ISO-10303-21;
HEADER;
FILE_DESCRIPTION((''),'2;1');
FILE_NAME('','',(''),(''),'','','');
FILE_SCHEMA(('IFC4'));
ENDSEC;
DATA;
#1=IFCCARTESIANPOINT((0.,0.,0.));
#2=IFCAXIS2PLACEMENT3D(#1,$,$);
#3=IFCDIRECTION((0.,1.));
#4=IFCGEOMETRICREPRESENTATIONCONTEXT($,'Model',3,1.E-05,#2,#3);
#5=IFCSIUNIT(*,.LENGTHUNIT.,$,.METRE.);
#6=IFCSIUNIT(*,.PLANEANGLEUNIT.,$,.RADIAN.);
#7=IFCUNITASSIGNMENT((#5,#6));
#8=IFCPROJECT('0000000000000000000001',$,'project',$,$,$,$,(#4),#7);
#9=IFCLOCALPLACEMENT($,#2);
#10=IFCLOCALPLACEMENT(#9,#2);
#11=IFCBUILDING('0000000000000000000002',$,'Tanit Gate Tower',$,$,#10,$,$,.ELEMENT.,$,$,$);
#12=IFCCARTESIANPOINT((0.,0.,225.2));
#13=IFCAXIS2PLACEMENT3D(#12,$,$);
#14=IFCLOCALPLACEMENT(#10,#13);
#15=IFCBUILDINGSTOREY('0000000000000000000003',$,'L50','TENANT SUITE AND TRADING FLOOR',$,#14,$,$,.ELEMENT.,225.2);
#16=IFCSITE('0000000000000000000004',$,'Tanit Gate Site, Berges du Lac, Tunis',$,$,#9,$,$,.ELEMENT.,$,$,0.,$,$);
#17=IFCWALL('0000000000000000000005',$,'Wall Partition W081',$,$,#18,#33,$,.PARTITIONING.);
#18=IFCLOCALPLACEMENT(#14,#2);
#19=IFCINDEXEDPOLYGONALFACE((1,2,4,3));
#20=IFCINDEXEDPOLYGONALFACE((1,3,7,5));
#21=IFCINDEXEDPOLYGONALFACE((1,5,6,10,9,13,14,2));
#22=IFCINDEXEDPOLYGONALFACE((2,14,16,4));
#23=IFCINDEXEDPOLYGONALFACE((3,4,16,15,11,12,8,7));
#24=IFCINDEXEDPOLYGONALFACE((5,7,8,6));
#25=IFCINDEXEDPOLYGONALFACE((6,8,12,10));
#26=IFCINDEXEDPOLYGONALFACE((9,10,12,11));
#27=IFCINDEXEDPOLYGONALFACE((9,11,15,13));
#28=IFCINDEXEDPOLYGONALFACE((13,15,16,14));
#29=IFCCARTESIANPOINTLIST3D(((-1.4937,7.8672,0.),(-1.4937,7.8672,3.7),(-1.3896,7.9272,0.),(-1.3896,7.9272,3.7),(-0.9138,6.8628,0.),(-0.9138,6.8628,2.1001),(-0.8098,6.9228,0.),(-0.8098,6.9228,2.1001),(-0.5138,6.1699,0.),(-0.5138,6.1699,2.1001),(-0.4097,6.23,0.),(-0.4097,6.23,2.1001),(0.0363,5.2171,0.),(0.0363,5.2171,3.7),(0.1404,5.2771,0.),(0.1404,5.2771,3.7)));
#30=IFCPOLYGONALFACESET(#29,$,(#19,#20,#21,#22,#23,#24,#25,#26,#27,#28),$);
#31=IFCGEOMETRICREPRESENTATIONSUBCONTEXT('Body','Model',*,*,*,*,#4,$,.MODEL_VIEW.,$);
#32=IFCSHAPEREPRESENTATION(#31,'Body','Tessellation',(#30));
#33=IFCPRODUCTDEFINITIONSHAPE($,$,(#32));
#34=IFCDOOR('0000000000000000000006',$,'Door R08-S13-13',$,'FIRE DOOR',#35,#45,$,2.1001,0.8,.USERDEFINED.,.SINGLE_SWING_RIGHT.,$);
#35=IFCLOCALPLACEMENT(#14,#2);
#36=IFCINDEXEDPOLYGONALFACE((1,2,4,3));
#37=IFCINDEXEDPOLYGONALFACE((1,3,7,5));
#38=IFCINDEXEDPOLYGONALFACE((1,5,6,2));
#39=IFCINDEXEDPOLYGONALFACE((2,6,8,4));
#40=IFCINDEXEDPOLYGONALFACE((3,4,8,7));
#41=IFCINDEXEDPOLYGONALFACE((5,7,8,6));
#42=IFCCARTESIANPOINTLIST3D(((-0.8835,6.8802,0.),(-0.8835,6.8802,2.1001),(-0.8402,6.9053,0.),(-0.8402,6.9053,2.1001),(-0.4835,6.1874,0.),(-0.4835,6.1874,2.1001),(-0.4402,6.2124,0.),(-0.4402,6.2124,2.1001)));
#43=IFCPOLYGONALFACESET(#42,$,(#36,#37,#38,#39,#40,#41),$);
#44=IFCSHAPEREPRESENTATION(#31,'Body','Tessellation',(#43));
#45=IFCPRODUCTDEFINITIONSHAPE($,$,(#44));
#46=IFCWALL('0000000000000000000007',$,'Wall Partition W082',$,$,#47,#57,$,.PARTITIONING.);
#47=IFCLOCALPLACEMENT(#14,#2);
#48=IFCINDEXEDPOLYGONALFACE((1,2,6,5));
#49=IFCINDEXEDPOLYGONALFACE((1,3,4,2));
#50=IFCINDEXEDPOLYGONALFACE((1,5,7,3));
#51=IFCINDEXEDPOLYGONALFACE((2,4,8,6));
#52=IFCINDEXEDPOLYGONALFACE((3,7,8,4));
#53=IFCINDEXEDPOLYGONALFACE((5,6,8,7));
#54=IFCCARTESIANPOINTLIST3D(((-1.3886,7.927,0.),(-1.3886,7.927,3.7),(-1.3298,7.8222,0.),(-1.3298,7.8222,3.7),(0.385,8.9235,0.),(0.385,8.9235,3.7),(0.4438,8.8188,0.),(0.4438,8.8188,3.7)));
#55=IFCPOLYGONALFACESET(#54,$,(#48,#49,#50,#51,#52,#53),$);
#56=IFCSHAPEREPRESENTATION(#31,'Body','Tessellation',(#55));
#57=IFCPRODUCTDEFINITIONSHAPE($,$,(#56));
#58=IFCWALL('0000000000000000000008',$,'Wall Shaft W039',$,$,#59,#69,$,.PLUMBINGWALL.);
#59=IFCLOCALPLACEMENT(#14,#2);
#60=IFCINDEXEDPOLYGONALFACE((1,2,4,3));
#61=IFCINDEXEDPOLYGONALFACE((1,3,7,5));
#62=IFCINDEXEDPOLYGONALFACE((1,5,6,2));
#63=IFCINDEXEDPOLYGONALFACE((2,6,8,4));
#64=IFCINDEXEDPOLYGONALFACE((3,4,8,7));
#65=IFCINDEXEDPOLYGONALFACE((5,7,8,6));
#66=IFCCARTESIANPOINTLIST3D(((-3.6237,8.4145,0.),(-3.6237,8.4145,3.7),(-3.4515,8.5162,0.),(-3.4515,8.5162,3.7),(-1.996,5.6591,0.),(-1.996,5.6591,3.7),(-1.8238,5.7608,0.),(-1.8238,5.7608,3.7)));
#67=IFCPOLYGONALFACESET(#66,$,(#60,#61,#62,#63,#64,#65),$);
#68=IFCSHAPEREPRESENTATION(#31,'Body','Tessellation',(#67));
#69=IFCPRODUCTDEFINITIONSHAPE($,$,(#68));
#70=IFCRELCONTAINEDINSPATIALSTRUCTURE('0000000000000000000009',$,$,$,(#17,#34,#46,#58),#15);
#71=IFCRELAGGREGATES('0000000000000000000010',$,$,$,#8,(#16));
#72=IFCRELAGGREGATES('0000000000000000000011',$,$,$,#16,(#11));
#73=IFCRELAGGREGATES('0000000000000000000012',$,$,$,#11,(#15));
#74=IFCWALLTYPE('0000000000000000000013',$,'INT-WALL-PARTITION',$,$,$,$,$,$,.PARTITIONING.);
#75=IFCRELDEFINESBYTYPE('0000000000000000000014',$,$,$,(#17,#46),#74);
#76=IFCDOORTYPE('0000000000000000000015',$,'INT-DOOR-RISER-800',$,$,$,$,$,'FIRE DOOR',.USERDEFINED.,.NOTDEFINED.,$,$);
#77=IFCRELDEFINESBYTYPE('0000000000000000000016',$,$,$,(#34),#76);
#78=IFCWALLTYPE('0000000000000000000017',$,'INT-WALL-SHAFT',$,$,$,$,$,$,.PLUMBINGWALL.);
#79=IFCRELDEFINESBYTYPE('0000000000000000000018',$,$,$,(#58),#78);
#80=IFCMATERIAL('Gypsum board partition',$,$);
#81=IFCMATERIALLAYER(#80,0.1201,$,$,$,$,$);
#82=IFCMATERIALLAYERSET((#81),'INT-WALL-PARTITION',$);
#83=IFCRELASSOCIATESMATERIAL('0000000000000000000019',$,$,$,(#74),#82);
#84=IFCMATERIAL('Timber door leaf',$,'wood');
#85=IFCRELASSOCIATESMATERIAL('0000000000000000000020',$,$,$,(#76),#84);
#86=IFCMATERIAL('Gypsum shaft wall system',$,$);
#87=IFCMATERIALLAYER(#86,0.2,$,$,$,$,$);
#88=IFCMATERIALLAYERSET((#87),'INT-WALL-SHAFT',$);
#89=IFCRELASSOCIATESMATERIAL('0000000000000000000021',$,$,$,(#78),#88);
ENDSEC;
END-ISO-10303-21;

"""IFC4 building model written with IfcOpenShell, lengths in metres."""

from ifc_helpers import new_model, si_unit, direction, frame, frame_2d, origin, place, context, subcontext, project, spatial, rectangle, extrude, material, layer, layer_set, type_object, element, fill, save


model = new_model("IFC4")

# Units and contexts
model_context = context("Model", 3, precision=1e-05, world=origin(), true_north=direction((0.0, 1.0)))
body_context = subcontext(model_context, "Body", "Model", "MODEL_VIEW")
ifc_project = project(units=[si_unit("LENGTHUNIT", "METRE"), si_unit("PLANEANGLEUNIT", "RADIAN")], contexts=[model_context])

# Site, building, storey
site_placement = place(None, origin())
site = spatial("IfcSite", under=ifc_project, at=site_placement, Name="Tanit Gate Site, Berges du Lac, Tunis", CompositionType="ELEMENT", RefElevation=0.0)
building_placement = place(site_placement, origin())
building = spatial("IfcBuilding", under=site, at=building_placement, Name="Tanit Gate Tower", CompositionType="ELEMENT")
storey_placement = place(building_placement, frame((0.0, 0.0, 225.2)))
storey = spatial("IfcBuildingStorey", under=building, at=storey_placement, Name="L50", Description="TENANT SUITE AND TRADING FLOOR", CompositionType="ELEMENT", Elevation=225.2)

# Shared definitions
ifc_material_1 = material(Name="Gypsum board partition")
ifc_layer_1 = layer(ifc_material_1, 0.1201)
ifc_layer_set_1 = layer_set([ifc_layer_1], Name="INT-WALL-PARTITION")
wall_type_1 = type_object("IfcWallType", Name="INT-WALL-PARTITION", PredefinedType="PARTITIONING", material=ifc_layer_set_1)

# Wall, opening, door
ifc_material_2 = material(Name="Timber door leaf", Category="wood")
door_type_1 = type_object("IfcDoorType", Name="INT-DOOR-RISER-800", ElementType="FIRE DOOR", OperationType="NOTDEFINED", PredefinedType="USERDEFINED", material=ifc_material_2)
wall_1_placement = place(storey_placement, frame((-1.4417, 7.8972, 0.0), z_axis=(0.0, 0.0, 1.0), x_axis=(0.499992, -0.86603, 0.0)))
wall_1 = element("IfcWall", 1, at=wall_1_placement, inside=storey, type_object=wall_type_1, Name="Wall Partition W081", PredefinedType="PARTITIONING", context=body_context, shape_type="SweptSolid", body=[
    extrude(rectangle(XDim=3.0601, YDim=0.1201, at=frame_2d((1.53, 0.0))), origin(), (0.0, 0.0, 1.0), 3.7),
])
opening_1_placement = place(wall_1_placement, frame((1.1599, 0.0, 0.0)))
opening_1 = element("IfcOpeningElement", 2, at=opening_1_placement, cuts=wall_1, PredefinedType="OPENING", context=body_context, shape_type="SweptSolid", body=[
    extrude(rectangle(XDim=0.8, YDim=2.1001, at=frame_2d((0.3999, 1.05))), frame((0.0, 0.0701, 0.0), z_axis=(0.0, -1.0, 0.0), x_axis=(1.0, 0.0, 0.0)), (0.0, 0.0, 1.0), 0.1401),
])
door_1_placement = place(opening_1_placement, origin())
door_1 = element("IfcDoor", 3, at=door_1_placement, inside=storey, type_object=door_type_1, Name="Door R08-S13-13", ObjectType="FIRE DOOR", OperationType="SINGLE_SWING_RIGHT", OverallHeight=2.1001, OverallWidth=0.8, PredefinedType="USERDEFINED", context=body_context, shape_type="SweptSolid", body=[
    extrude(rectangle(XDim=0.8, YDim=2.1001, at=frame_2d((0.3999, 1.05))), frame((0.0, 0.0249, 0.0), z_axis=(0.0, -1.0, 0.0), x_axis=(1.0, 0.0, 0.0)), (0.0, 0.0, 1.0), 0.05),
])
fill(opening_1, door_1)

# Walls
wall_2_placement = place(storey_placement, frame((0.4143, 8.8711, 0.0), z_axis=(0.0, 0.0, 1.0), x_axis=(-0.871809, -0.489845, 0.0)))
element("IfcWall", 4, at=wall_2_placement, inside=storey, type_object=wall_type_1, Name="Wall Partition W082", PredefinedType="PARTITIONING", context=body_context, shape_type="SweptSolid", body=[
    extrude(rectangle(XDim=2.0344, YDim=0.1201, at=frame_2d((1.0171, 0.0))), origin(), (0.0, 0.0, 1.0), 3.7),
])
ifc_material_3 = material(Name="Gypsum shaft wall system")
ifc_layer_2 = layer(ifc_material_3, 0.2)
ifc_layer_set_2 = layer_set([ifc_layer_2], Name="INT-WALL-SHAFT")
wall_type_2 = type_object("IfcWallType", Name="INT-WALL-SHAFT", PredefinedType="PLUMBINGWALL", material=ifc_layer_set_2)
wall_3_placement = place(storey_placement, frame((-3.5376, 8.4653, 0.0), z_axis=(0.0, 0.0, 1.0), x_axis=(0.508616, -0.860993, 0.0)))
element("IfcWall", 5, at=wall_3_placement, inside=storey, type_object=wall_type_2, Name="Wall Shaft W039", PredefinedType="PLUMBINGWALL", context=body_context, shape_type="SweptSolid", body=[
    extrude(rectangle(XDim=3.2002, YDim=0.2, at=frame_2d((1.6001, 0.0))), origin(), (0.0, 0.0, 1.0), 3.7),
])

save(model, "model.ifc")
